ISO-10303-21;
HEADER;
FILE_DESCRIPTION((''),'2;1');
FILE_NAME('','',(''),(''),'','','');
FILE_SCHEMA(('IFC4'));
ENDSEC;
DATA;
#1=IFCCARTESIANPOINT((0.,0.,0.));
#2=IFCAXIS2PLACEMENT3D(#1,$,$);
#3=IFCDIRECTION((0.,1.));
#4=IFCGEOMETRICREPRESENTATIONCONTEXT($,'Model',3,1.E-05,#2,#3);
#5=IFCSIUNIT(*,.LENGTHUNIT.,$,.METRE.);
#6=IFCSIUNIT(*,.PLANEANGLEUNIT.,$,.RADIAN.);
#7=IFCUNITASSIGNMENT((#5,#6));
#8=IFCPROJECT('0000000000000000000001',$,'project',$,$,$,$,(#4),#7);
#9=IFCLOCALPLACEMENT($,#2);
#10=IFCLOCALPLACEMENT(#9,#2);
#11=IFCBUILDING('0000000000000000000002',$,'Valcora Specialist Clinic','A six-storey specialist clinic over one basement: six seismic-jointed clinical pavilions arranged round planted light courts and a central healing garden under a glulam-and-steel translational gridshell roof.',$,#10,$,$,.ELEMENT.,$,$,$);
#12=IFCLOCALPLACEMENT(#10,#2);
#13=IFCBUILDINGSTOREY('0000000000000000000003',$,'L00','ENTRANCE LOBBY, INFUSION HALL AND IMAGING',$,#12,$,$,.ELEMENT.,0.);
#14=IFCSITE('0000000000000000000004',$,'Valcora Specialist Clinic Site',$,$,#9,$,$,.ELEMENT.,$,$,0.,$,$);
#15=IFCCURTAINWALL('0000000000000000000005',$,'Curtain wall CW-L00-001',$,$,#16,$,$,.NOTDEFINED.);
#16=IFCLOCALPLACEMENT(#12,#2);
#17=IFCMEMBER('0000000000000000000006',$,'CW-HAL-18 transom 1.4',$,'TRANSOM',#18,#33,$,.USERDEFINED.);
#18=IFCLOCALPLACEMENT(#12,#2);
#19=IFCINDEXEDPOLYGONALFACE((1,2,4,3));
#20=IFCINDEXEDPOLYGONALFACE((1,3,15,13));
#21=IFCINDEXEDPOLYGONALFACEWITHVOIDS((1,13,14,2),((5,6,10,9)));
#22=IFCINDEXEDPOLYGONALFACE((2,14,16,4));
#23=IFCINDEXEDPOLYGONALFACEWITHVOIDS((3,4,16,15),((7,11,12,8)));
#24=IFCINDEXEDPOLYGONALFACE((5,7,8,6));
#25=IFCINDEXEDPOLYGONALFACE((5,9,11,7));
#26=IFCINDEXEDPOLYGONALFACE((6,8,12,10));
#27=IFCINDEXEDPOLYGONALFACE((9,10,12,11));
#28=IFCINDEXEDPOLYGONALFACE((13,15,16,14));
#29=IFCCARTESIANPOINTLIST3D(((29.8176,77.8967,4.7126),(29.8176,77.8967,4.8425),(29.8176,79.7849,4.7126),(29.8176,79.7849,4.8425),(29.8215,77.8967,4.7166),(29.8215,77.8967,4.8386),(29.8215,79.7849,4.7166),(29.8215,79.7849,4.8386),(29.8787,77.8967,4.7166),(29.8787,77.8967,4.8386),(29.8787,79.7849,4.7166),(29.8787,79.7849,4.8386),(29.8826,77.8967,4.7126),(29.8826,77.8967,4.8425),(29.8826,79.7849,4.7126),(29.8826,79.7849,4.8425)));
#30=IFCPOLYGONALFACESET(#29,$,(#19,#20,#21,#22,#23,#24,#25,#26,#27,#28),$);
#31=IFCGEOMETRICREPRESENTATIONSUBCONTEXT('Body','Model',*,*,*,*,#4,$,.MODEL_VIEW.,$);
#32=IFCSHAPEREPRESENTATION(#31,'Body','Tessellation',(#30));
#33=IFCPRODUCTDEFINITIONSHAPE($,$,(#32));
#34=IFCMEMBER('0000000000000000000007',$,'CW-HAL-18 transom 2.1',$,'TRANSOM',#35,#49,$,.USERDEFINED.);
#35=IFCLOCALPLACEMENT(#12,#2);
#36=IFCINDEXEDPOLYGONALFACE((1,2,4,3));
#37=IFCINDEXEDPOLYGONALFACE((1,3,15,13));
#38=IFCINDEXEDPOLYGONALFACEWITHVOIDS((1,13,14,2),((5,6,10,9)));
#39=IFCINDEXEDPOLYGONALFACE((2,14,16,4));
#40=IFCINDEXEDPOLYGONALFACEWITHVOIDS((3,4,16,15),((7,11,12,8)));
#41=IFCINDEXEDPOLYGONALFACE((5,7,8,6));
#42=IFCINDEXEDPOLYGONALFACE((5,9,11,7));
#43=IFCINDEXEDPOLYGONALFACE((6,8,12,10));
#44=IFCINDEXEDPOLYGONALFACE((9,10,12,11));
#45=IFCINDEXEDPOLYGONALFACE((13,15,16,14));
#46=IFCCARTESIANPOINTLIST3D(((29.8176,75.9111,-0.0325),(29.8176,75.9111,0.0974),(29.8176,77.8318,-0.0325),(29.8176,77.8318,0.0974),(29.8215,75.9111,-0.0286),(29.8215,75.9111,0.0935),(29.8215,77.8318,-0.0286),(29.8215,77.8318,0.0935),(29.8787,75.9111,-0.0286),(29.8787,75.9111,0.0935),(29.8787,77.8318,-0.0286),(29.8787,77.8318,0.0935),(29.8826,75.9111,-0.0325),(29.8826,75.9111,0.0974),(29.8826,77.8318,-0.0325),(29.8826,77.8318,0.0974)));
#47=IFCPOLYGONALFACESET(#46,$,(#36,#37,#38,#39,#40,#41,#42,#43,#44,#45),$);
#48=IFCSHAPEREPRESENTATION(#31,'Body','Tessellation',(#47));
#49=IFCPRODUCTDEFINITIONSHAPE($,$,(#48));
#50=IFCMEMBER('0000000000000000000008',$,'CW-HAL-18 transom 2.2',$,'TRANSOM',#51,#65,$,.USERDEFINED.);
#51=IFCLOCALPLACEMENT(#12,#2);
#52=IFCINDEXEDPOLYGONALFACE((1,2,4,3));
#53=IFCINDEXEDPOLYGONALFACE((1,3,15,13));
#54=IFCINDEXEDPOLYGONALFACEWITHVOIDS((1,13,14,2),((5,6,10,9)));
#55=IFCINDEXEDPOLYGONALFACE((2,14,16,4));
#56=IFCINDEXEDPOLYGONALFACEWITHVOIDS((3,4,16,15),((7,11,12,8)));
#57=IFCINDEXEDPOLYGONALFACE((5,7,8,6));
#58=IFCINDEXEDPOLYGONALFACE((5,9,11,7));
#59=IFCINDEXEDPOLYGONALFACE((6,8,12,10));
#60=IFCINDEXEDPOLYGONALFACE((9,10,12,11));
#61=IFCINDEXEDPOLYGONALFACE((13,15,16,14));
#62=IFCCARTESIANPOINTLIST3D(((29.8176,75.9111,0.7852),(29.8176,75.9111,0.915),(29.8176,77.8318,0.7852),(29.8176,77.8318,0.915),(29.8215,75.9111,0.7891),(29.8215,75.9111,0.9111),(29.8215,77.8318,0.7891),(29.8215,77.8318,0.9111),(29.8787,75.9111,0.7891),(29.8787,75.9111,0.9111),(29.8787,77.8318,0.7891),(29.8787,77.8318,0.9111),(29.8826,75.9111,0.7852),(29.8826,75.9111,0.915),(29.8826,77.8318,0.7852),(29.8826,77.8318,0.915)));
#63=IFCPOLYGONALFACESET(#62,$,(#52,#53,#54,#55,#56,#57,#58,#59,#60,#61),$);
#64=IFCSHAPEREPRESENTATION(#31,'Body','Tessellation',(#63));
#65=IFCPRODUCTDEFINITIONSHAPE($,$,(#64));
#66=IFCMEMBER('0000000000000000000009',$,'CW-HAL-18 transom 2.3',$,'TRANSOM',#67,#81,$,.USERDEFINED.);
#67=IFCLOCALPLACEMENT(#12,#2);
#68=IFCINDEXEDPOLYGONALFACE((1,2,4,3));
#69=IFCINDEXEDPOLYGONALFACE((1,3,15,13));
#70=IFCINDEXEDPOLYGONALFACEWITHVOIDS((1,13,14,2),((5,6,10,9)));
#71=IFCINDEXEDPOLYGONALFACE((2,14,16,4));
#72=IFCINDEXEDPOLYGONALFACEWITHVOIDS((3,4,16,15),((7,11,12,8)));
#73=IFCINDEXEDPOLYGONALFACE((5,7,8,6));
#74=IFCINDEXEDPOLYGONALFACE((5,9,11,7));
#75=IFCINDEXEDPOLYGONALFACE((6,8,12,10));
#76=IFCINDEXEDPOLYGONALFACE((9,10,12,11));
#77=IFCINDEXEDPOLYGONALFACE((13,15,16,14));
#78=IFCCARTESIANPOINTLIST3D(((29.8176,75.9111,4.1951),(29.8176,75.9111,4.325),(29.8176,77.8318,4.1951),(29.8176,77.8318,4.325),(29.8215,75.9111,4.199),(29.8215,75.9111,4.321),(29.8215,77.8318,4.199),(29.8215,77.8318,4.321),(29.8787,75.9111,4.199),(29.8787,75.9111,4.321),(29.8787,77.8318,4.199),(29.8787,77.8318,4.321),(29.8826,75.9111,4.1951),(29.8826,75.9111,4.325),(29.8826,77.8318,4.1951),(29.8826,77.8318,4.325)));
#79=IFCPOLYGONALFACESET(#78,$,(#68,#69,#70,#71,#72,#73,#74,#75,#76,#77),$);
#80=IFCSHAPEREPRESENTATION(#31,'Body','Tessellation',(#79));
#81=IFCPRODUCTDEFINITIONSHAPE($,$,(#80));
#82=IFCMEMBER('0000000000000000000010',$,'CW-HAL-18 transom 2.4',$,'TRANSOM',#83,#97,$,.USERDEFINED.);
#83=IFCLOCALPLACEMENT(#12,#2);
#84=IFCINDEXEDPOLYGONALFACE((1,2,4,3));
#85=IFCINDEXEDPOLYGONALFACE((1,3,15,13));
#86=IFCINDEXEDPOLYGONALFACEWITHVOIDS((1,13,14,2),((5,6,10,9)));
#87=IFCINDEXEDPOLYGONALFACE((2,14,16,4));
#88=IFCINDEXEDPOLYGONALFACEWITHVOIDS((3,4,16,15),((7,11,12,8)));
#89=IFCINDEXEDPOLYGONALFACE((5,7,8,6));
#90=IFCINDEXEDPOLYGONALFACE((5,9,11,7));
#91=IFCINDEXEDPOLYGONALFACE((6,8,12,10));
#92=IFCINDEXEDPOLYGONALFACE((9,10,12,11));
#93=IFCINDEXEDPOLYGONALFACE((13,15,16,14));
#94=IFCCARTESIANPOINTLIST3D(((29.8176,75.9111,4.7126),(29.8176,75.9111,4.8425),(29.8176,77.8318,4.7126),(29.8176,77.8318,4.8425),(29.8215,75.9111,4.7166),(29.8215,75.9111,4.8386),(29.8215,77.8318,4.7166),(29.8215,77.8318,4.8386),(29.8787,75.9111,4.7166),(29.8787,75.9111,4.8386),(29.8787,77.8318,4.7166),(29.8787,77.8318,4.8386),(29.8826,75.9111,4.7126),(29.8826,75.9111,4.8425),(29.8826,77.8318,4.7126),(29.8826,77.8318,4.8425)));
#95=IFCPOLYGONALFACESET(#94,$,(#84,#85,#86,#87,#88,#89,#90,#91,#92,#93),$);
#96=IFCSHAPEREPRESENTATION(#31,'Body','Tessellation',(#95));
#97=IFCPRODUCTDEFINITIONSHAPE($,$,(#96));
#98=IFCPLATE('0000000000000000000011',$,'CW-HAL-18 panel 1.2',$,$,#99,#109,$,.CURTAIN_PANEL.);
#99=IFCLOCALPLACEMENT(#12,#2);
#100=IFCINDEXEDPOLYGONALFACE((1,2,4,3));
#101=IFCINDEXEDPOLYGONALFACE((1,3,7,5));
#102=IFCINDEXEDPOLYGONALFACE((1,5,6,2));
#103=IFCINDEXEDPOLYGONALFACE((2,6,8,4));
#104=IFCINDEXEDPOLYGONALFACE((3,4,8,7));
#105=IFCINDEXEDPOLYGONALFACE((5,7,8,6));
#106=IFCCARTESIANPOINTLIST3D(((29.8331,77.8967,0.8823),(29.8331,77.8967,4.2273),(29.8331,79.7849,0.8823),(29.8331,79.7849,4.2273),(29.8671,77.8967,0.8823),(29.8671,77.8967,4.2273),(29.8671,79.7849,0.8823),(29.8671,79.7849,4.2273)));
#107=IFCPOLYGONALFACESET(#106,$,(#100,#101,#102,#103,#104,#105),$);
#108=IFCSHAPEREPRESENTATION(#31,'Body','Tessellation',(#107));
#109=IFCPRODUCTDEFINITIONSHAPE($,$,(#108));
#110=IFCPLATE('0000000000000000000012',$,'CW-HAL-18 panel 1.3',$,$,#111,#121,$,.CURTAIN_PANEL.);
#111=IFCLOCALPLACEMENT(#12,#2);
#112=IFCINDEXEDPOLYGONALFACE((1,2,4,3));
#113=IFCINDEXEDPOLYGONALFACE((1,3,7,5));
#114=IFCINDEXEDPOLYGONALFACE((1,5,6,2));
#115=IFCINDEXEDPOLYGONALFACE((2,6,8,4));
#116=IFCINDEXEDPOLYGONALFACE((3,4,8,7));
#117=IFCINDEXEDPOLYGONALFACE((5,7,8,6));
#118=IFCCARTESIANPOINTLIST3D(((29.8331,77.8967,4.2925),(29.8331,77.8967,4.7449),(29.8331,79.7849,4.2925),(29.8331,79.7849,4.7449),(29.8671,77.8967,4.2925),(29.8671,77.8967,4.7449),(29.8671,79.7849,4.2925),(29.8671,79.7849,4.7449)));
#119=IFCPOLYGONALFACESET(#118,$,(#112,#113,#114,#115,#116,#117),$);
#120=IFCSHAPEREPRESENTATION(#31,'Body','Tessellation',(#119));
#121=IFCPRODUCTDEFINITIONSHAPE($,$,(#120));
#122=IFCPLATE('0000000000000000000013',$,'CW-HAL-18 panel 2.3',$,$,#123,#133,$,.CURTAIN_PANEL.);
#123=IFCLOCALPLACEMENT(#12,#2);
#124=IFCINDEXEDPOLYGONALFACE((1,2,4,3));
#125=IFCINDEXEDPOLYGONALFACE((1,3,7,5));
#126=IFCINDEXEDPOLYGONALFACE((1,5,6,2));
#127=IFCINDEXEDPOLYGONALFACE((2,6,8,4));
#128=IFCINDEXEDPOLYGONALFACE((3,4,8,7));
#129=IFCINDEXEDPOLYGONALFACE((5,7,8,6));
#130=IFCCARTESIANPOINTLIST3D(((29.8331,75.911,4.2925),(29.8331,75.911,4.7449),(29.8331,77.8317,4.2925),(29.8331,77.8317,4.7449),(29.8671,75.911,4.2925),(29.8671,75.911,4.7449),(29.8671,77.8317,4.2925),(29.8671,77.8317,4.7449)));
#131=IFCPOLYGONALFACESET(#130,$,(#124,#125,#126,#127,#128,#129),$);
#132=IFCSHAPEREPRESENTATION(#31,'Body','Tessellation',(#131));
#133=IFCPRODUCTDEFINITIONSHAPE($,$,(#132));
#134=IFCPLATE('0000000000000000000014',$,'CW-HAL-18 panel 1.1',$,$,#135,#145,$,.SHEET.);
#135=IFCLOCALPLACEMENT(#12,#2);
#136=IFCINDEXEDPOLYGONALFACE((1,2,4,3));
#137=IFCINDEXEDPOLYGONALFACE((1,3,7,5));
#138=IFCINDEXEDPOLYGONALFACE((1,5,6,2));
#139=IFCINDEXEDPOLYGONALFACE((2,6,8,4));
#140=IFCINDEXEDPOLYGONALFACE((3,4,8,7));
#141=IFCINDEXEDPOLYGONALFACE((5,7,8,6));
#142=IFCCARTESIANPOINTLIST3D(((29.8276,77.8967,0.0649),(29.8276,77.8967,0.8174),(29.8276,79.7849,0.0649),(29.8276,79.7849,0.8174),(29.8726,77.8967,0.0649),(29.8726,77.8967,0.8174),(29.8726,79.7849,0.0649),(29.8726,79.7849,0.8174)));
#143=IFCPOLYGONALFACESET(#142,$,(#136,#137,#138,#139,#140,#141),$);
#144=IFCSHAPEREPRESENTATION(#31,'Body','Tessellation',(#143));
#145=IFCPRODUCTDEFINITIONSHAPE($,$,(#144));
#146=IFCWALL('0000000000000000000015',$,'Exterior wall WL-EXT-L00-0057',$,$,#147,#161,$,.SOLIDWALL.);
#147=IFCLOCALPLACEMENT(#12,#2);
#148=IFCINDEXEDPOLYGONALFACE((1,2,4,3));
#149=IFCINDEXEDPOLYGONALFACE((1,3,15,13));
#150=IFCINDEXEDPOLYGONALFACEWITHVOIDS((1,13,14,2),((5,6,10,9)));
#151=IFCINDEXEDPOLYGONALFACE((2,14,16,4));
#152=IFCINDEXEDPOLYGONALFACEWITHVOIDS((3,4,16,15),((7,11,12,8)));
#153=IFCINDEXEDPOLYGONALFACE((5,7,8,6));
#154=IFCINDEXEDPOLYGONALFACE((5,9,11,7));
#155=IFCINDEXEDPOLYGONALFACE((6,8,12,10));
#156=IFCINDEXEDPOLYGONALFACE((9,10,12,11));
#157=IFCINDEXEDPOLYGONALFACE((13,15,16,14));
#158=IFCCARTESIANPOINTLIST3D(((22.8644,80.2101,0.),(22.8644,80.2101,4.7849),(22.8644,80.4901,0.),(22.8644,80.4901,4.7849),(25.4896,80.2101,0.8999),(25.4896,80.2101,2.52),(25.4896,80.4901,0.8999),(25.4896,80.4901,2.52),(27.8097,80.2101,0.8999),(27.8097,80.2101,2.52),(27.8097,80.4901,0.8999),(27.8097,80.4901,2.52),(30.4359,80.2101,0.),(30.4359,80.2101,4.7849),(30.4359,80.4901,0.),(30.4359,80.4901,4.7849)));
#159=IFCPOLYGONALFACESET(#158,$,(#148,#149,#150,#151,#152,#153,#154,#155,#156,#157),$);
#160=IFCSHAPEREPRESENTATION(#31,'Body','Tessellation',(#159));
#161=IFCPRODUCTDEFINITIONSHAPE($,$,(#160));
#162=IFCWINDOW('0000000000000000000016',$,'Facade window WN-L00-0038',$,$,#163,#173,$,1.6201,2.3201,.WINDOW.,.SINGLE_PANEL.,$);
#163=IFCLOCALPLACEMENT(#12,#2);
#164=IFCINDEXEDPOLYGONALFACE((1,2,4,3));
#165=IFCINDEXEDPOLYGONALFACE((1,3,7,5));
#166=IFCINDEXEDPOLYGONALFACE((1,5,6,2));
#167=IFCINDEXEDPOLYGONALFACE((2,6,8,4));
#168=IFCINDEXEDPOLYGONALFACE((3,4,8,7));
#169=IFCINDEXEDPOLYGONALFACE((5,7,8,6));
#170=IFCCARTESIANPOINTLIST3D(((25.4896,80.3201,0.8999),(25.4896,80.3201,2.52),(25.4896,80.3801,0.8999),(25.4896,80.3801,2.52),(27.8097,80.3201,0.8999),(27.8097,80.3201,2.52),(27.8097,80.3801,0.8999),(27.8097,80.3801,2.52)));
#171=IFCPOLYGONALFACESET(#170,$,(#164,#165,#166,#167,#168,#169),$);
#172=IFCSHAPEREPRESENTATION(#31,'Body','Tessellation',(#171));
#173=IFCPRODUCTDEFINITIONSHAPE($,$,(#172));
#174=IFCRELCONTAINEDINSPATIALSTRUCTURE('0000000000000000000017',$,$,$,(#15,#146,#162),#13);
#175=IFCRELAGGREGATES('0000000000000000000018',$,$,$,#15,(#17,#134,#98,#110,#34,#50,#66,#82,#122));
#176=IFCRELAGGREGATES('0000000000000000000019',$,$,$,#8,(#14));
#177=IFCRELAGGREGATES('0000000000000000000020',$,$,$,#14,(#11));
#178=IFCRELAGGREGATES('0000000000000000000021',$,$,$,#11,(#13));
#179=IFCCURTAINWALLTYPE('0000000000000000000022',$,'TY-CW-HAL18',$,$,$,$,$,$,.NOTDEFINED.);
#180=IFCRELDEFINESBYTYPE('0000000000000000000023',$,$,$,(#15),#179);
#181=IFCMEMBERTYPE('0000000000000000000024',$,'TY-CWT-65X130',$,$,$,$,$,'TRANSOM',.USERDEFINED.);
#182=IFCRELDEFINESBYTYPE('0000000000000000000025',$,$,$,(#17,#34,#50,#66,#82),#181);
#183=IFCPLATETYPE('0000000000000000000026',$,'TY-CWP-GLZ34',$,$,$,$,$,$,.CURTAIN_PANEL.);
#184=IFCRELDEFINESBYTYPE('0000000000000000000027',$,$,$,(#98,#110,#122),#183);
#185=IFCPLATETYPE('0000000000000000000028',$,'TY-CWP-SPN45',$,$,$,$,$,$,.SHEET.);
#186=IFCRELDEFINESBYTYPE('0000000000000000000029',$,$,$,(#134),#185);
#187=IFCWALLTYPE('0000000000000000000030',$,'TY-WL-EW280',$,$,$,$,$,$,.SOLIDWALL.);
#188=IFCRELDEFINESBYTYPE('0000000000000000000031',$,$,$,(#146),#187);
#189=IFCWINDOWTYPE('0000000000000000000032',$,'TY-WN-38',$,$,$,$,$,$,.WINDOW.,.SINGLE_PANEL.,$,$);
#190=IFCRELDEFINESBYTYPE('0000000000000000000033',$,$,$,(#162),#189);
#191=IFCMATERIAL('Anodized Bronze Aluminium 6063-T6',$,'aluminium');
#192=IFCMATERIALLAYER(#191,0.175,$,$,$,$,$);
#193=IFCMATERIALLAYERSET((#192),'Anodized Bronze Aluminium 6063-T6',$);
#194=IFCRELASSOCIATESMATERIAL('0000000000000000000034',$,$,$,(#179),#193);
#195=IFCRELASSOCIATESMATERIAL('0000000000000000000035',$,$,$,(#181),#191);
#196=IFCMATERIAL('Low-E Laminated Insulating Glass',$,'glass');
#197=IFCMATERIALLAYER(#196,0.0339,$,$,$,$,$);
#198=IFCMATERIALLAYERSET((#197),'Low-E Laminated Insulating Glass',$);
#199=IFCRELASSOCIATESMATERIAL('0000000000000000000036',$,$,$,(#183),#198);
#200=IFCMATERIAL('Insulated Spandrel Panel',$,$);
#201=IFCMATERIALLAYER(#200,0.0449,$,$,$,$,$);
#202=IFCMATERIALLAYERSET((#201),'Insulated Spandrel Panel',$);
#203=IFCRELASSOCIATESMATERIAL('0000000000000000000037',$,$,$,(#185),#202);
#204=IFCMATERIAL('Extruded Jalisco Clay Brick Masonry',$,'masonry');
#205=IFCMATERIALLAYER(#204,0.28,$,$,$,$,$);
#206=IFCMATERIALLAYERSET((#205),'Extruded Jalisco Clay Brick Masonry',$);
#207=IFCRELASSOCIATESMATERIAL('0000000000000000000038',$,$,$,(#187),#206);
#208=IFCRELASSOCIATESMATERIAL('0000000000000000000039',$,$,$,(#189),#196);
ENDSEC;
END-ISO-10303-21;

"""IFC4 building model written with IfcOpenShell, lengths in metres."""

from ifc_helpers import new_model, si_unit, direction, frame, frame_2d, origin, origin_2d, place, context, subcontext, project, spatial, rectangle, hollow_rectangle, extrude, material, layer, layer_set, material_profile, profile_set, type_object, element, fill, aggregate, save


model = new_model("IFC4")

# Units and contexts
model_context = context("Model", 3, precision=1e-05, world=origin(), true_north=direction((0.0, 1.0)))
body_context = subcontext(model_context, "Body", "Model", "MODEL_VIEW")
ifc_project = project(units=[si_unit("LENGTHUNIT", "METRE"), si_unit("PLANEANGLEUNIT", "RADIAN")], contexts=[model_context])

# Site, building, storey
site_placement = place(None, origin())
site = spatial("IfcSite", under=ifc_project, at=site_placement, Name="Valcora Specialist Clinic Site", CompositionType="ELEMENT", RefElevation=0.0)
building_placement = place(site_placement, origin())
building = spatial("IfcBuilding", under=site, at=building_placement, Name="Valcora Specialist Clinic", Description="A six-storey specialist clinic over one basement: six seismic-jointed clinical pavilions arranged round planted light courts and a central healing garden under a glulam-and-steel translational gridshell roof.", CompositionType="ELEMENT")
storey_placement = place(building_placement, origin())
storey = spatial("IfcBuildingStorey", under=building, at=storey_placement, Name="L00", Description="ENTRANCE LOBBY, INFUSION HALL AND IMAGING", CompositionType="ELEMENT", Elevation=0.0)

# Curtain wall, members, plates
ifc_material_1 = material(Name="Anodized Bronze Aluminium 6063-T6", Category="aluminium")
ifc_layer_1 = layer(ifc_material_1, 0.175)
ifc_layer_set_1 = layer_set([ifc_layer_1], Name="Anodized Bronze Aluminium 6063-T6")
curtain_wall_type = type_object("IfcCurtainWallType", Name="TY-CW-HAL18", PredefinedType="NOTDEFINED", material=ifc_layer_set_1)
curtain_wall_placement = place(storey_placement, origin())
curtain_wall = element("IfcCurtainWall", 1, at=curtain_wall_placement, inside=storey, type_object=curtain_wall_type, Name="Curtain wall CW-L00-001", PredefinedType="NOTDEFINED")
ifc_material_profile_1 = material_profile(ifc_material_1, hollow_rectangle(XDim=0.0649, YDim=0.1299, WallThickness=0.0039, at=origin_2d()), Name="AL-TRN-65X130")
ifc_profile_set_1 = profile_set([ifc_material_profile_1], Name="Anodized Bronze Aluminium 6063-T6")
member_type_1 = type_object("IfcMemberType", Name="TY-CWT-65X130", ElementType="TRANSOM", PredefinedType="USERDEFINED", material=ifc_profile_set_1)
member_1_placement = place(storey_placement, frame((29.8501, 79.7849, 4.7776), z_axis=(0.0, -1.0, 0.0), x_axis=(1.0, 0.0, 0.0)))
member_1 = element("IfcMember", 2, at=member_1_placement, type_object=member_type_1, Name="CW-HAL-18 transom 1.4", ObjectType="TRANSOM", PredefinedType="USERDEFINED", context=body_context, shape_type="SweptSolid", body=[
    extrude(hollow_rectangle(XDim=0.0649, YDim=0.1299, WallThickness=0.0039, at=origin_2d()), origin(), (0.0, 0.0, 1.0), 1.8882),
])
member_2_placement = place(storey_placement, frame((29.8501, 77.8318, 0.0325), z_axis=(0.0, -1.0, 0.0), x_axis=(1.0, 0.0, 0.0)))
member_2 = element("IfcMember", 3, at=member_2_placement, type_object=member_type_1, Name="CW-HAL-18 transom 2.1", ObjectType="TRANSOM", PredefinedType="USERDEFINED", context=body_context, shape_type="SweptSolid", body=[
    extrude(hollow_rectangle(XDim=0.0649, YDim=0.1299, WallThickness=0.0039, at=origin_2d()), origin(), (0.0, 0.0, 1.0), 1.9207),
])
member_3_placement = place(storey_placement, frame((29.8501, 77.8318, 0.8501), z_axis=(0.0, -1.0, 0.0), x_axis=(1.0, 0.0, 0.0)))
member_3 = element("IfcMember", 4, at=member_3_placement, type_object=member_type_1, Name="CW-HAL-18 transom 2.2", ObjectType="TRANSOM", PredefinedType="USERDEFINED", context=body_context, shape_type="SweptSolid", body=[
    extrude(hollow_rectangle(XDim=0.0649, YDim=0.1299, WallThickness=0.0039, at=origin_2d()), origin(), (0.0, 0.0, 1.0), 1.9207),
])
member_4_placement = place(storey_placement, frame((29.8501, 77.8318, 4.26), z_axis=(0.0, -1.0, 0.0), x_axis=(1.0, 0.0, 0.0)))
member_4 = element("IfcMember", 5, at=member_4_placement, type_object=member_type_1, Name="CW-HAL-18 transom 2.3", ObjectType="TRANSOM", PredefinedType="USERDEFINED", context=body_context, shape_type="SweptSolid", body=[
    extrude(hollow_rectangle(XDim=0.0649, YDim=0.1299, WallThickness=0.0039, at=origin_2d()), origin(), (0.0, 0.0, 1.0), 1.9207),
])
member_5_placement = place(storey_placement, frame((29.8501, 77.8318, 4.7776), z_axis=(0.0, -1.0, 0.0), x_axis=(1.0, 0.0, 0.0)))
member_5 = element("IfcMember", 6, at=member_5_placement, type_object=member_type_1, Name="CW-HAL-18 transom 2.4", ObjectType="TRANSOM", PredefinedType="USERDEFINED", context=body_context, shape_type="SweptSolid", body=[
    extrude(hollow_rectangle(XDim=0.0649, YDim=0.1299, WallThickness=0.0039, at=origin_2d()), origin(), (0.0, 0.0, 1.0), 1.9207),
])
ifc_material_2 = material(Name="Low-E Laminated Insulating Glass", Category="glass")
ifc_layer_2 = layer(ifc_material_2, 0.0339)
ifc_layer_set_2 = layer_set([ifc_layer_2], Name="Low-E Laminated Insulating Glass")
plate_type_1 = type_object("IfcPlateType", Name="TY-CWP-GLZ34", PredefinedType="CURTAIN_PANEL", material=ifc_layer_set_2)
plate_1_placement = place(storey_placement, frame((29.8501, 78.8408, 0.8823), z_axis=(0.0, 0.0, 1.0), x_axis=(0.0, -1.0, 0.0)))
plate_1 = element("IfcPlate", 7, at=plate_1_placement, type_object=plate_type_1, Name="CW-HAL-18 panel 1.2", PredefinedType="CURTAIN_PANEL", context=body_context, shape_type="SweptSolid", body=[
    extrude(rectangle(XDim=1.8882, YDim=0.0339, at=origin_2d()), origin(), (0.0, 0.0, 1.0), 3.345),
])
plate_2_placement = place(storey_placement, frame((29.8501, 78.8408, 4.2925), z_axis=(0.0, 0.0, 1.0), x_axis=(0.0, -1.0, 0.0)))
plate_2 = element("IfcPlate", 8, at=plate_2_placement, type_object=plate_type_1, Name="CW-HAL-18 panel 1.3", PredefinedType="CURTAIN_PANEL", context=body_context, shape_type="SweptSolid", body=[
    extrude(rectangle(XDim=1.8882, YDim=0.0339, at=origin_2d()), origin(), (0.0, 0.0, 1.0), 0.4524),
])
plate_3_placement = place(storey_placement, frame((29.8501, 76.8713, 4.2925), z_axis=(0.0, 0.0, 1.0), x_axis=(0.0, -1.0, 0.0)))
plate_3 = element("IfcPlate", 9, at=plate_3_placement, type_object=plate_type_1, Name="CW-HAL-18 panel 2.3", PredefinedType="CURTAIN_PANEL", context=body_context, shape_type="SweptSolid", body=[
    extrude(rectangle(XDim=1.9207, YDim=0.0339, at=origin_2d()), origin(), (0.0, 0.0, 1.0), 0.4524),
])
ifc_material_3 = material(Name="Insulated Spandrel Panel")
ifc_layer_3 = layer(ifc_material_3, 0.0449)
ifc_layer_set_3 = layer_set([ifc_layer_3], Name="Insulated Spandrel Panel")
plate_type_2 = type_object("IfcPlateType", Name="TY-CWP-SPN45", PredefinedType="SHEET", material=ifc_layer_set_3)
plate_4_placement = place(storey_placement, frame((29.8501, 78.8408, 0.0649), z_axis=(0.0, 0.0, 1.0), x_axis=(0.0, -1.0, 0.0)))
plate_4 = element("IfcPlate", 10, at=plate_4_placement, type_object=plate_type_2, Name="CW-HAL-18 panel 1.1", PredefinedType="SHEET", context=body_context, shape_type="SweptSolid", body=[
    extrude(rectangle(XDim=1.8882, YDim=0.0449, at=origin_2d()), origin(), (0.0, 0.0, 1.0), 0.7524),
])
aggregate(curtain_wall, [member_1, plate_4, plate_1, plate_2, member_2, member_3, member_4, member_5, plate_3])

# Wall, opening, window
ifc_material_4 = material(Name="Extruded Jalisco Clay Brick Masonry", Category="masonry")
ifc_layer_4 = layer(ifc_material_4, 0.28)
ifc_layer_set_4 = layer_set([ifc_layer_4], Name="Extruded Jalisco Clay Brick Masonry")
wall_type_1 = type_object("IfcWallType", Name="TY-WL-EW280", PredefinedType="SOLIDWALL", material=ifc_layer_set_4)
wall_1_placement = place(storey_placement, frame((30.4358, 80.3501, 0.0), z_axis=(0.0, 0.0, 1.0), x_axis=(-1.0, 0.0, 0.0)))
wall_1 = element("IfcWall", 11, at=wall_1_placement, inside=storey, type_object=wall_type_1, Name="Exterior wall WL-EXT-L00-0057", PredefinedType="SOLIDWALL", context=body_context, shape_type="SweptSolid", body=[
    extrude(rectangle(XDim=7.5715, YDim=0.28, at=frame_2d((3.7856, 0.0))), origin(), (0.0, 0.0, 1.0), 4.7849),
])
opening_1_placement = place(wall_1_placement, frame((2.626, 0.0, 0.8999)))
opening_1 = element("IfcOpeningElement", 12, at=opening_1_placement, cuts=wall_1, PredefinedType="OPENING", context=body_context, shape_type="SweptSolid", body=[
    extrude(rectangle(XDim=2.3201, YDim=1.6201, at=frame_2d((1.1602, 0.8101))), frame((0.0, 0.1499, 0.0), z_axis=(0.0, -1.0, 0.0), x_axis=(1.0, 0.0, 0.0)), (0.0, 0.0, 1.0), 0.3),
])
window_type_1 = type_object("IfcWindowType", Name="TY-WN-38", PartitioningType="SINGLE_PANEL", PredefinedType="WINDOW", material=ifc_material_2)
window_1_placement = place(opening_1_placement, origin())
window_1 = element("IfcWindow", 13, at=window_1_placement, inside=storey, type_object=window_type_1, Name="Facade window WN-L00-0038", OverallHeight=1.6201, OverallWidth=2.3201, PartitioningType="SINGLE_PANEL", PredefinedType="WINDOW", context=body_context, shape_type="SweptSolid", body=[
    extrude(rectangle(XDim=2.3201, YDim=1.6201, at=frame_2d((1.1602, 0.8101))), frame((0.0, 0.03, 0.0), z_axis=(0.0, -1.0, 0.0), x_axis=(1.0, 0.0, 0.0)), (0.0, 0.0, 1.0), 0.0601),
])
fill(opening_1, window_1)

save(model, "model.ifc")
